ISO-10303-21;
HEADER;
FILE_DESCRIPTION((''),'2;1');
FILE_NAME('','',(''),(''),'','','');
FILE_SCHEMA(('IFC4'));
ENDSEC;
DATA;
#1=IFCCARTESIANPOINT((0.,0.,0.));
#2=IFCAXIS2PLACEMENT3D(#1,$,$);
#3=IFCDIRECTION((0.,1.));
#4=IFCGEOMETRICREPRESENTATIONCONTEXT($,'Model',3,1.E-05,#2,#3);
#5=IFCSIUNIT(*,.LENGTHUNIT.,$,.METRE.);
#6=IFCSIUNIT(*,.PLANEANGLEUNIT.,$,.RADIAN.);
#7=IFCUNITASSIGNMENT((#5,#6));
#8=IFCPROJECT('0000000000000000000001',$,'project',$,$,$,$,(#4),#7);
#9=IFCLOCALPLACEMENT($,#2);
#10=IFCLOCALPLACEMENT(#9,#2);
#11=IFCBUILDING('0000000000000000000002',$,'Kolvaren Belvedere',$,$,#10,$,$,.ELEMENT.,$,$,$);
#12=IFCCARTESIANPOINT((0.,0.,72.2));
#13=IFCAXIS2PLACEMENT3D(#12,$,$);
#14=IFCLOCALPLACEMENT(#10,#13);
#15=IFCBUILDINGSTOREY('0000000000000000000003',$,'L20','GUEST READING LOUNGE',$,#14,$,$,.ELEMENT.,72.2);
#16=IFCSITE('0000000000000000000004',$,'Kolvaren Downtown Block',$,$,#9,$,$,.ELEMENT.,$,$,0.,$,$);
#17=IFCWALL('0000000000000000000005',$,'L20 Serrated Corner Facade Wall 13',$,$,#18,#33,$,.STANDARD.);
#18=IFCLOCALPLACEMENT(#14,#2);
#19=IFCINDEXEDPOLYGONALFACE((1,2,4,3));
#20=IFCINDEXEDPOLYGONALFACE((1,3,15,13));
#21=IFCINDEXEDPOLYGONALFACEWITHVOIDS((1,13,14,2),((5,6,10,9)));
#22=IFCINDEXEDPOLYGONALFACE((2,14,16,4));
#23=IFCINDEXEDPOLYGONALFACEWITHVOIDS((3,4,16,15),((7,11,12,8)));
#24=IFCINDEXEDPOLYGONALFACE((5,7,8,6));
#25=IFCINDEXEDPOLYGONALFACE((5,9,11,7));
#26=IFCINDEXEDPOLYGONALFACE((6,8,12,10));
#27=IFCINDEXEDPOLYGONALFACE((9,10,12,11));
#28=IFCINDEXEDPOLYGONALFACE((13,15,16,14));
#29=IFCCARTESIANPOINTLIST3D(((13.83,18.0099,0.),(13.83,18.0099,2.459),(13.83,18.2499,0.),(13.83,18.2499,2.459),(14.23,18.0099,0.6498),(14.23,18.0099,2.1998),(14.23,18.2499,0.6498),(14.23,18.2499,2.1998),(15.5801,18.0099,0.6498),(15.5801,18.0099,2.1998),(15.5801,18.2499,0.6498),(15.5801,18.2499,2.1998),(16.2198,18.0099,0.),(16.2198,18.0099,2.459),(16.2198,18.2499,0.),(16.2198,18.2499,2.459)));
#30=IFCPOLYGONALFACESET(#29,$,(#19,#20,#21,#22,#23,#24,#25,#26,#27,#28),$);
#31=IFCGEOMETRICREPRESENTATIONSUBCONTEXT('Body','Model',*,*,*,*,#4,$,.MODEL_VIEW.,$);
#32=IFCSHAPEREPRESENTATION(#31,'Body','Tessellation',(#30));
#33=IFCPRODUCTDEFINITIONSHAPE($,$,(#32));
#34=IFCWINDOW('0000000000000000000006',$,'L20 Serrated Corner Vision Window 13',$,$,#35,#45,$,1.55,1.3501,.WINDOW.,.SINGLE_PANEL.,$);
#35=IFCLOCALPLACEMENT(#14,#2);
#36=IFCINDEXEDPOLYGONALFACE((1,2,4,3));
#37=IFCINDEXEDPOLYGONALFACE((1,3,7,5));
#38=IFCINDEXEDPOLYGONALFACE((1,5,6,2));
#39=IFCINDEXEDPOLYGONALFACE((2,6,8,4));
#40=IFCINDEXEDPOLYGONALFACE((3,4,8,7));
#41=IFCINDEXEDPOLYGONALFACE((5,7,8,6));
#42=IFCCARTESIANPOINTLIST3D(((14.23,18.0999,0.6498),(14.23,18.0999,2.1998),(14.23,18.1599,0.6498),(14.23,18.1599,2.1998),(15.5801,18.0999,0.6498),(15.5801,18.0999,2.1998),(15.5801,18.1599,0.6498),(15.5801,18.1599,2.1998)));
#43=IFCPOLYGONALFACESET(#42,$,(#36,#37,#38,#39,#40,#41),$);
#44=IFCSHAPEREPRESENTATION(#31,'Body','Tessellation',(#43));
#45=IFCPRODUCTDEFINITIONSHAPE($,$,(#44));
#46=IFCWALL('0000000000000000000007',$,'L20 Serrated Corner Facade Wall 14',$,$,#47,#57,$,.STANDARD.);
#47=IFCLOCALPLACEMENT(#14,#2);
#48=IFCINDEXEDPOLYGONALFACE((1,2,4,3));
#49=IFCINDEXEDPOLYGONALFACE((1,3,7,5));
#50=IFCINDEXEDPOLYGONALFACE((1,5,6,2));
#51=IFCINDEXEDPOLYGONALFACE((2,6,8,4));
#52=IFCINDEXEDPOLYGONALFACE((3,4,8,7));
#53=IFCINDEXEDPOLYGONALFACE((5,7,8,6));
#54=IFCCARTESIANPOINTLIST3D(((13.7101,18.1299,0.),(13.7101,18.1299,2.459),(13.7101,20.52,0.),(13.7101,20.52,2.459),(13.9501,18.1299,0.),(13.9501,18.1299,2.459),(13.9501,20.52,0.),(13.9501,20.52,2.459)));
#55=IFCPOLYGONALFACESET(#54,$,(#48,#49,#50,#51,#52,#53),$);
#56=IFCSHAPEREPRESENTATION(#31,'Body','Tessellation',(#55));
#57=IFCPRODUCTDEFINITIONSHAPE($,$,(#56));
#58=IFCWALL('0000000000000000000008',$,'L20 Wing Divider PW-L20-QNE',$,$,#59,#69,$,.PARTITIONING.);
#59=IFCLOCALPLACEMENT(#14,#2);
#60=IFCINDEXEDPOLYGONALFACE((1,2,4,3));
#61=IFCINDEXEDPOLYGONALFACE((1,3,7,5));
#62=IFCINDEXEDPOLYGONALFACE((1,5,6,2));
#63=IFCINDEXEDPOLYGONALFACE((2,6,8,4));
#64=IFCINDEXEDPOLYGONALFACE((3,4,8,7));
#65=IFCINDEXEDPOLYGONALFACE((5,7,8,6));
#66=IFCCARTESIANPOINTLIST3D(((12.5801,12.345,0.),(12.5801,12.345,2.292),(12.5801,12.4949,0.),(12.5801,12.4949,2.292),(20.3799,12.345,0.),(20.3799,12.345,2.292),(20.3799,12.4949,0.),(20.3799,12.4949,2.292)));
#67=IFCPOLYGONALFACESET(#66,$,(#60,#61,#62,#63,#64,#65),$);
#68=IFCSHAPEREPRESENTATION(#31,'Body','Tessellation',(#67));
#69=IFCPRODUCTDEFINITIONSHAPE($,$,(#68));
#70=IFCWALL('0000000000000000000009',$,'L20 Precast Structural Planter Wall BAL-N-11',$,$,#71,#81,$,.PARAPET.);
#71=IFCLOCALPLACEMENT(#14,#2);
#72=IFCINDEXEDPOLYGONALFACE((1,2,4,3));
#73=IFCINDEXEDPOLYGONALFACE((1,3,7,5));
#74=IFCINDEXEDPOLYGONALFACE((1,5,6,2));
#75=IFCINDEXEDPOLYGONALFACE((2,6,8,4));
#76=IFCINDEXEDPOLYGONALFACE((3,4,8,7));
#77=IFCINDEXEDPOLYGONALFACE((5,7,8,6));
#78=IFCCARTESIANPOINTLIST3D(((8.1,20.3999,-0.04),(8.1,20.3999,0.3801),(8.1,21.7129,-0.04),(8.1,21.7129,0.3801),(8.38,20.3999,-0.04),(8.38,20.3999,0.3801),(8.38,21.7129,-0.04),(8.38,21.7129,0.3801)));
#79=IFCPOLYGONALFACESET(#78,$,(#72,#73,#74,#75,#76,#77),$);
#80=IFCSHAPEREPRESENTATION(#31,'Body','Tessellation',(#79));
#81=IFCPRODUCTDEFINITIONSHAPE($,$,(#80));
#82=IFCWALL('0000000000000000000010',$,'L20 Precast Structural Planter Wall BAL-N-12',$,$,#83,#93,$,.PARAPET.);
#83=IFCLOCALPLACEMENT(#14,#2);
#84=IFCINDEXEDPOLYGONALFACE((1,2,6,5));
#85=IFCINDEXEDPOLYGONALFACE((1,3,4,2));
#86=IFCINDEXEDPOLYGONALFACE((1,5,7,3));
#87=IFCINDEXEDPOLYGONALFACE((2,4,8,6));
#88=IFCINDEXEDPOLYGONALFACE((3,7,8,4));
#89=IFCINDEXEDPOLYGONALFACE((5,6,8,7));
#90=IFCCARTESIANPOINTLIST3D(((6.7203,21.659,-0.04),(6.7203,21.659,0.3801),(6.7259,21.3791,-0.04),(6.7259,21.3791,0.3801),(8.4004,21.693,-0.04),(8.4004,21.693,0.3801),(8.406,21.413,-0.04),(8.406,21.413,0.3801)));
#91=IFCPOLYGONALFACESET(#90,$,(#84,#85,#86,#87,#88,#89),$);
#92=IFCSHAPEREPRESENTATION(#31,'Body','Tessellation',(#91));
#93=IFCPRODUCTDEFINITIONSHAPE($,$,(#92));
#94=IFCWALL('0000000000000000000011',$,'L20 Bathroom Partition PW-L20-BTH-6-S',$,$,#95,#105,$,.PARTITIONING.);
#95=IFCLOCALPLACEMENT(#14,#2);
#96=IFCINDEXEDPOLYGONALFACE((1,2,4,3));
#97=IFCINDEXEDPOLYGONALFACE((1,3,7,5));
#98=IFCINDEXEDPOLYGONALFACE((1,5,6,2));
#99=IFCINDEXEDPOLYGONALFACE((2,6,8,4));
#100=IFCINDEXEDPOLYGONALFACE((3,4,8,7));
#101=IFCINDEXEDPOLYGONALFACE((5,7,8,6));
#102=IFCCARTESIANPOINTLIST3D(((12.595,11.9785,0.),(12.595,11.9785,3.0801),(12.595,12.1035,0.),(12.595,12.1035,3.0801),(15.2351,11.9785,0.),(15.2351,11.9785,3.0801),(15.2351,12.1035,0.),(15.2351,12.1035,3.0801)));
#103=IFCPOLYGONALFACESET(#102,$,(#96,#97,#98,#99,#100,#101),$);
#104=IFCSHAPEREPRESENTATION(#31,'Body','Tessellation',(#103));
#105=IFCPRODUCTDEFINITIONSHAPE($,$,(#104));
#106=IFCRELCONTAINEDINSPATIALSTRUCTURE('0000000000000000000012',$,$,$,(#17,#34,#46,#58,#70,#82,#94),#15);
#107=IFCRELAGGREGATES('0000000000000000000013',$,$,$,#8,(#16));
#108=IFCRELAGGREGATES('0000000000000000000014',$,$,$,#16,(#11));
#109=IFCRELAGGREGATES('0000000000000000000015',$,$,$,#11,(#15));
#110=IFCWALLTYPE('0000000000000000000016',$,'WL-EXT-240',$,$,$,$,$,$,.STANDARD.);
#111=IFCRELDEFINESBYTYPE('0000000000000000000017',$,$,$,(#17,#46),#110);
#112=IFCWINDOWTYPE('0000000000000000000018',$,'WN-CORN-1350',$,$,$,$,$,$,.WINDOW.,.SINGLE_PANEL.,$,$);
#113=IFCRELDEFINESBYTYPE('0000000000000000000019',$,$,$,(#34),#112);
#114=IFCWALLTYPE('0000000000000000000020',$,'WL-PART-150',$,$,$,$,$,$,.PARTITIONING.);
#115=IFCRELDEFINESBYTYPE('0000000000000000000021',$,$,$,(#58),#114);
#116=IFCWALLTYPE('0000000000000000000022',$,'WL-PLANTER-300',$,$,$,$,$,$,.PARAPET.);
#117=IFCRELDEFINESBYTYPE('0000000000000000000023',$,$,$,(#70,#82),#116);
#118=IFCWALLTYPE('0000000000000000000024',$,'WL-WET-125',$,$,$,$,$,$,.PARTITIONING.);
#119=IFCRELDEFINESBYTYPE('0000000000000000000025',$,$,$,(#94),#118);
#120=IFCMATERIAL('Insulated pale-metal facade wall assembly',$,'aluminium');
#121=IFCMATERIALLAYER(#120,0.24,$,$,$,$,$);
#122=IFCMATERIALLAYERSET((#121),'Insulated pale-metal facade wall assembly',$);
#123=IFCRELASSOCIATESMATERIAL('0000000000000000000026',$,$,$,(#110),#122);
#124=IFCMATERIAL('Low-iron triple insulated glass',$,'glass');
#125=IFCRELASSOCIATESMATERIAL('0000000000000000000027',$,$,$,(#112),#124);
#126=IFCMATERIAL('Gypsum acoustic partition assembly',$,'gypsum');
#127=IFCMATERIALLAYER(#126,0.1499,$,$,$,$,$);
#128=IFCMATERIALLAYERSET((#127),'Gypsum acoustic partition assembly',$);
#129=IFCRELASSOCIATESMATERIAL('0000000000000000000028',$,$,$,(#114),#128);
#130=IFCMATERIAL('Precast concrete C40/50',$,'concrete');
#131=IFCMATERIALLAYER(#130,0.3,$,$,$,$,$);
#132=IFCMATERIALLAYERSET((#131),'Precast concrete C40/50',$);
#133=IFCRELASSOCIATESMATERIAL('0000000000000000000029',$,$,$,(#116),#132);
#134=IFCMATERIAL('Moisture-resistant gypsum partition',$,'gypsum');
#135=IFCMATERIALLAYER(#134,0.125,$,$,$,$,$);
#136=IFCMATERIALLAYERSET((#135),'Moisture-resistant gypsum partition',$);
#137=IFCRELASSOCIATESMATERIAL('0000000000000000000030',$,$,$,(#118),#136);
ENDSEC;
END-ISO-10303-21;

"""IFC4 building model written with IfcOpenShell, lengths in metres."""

from ifc_helpers import new_model, si_unit, direction, frame, frame_2d, origin, place, context, subcontext, project, spatial, rectangle, extrude, material, layer, layer_set, type_object, element, fill, save


model = new_model("IFC4")

# Units and contexts
model_context = context("Model", 3, precision=1e-05, world=origin(), true_north=direction((0.0, 1.0)))
body_context = subcontext(model_context, "Body", "Model", "MODEL_VIEW")
ifc_project = project(units=[si_unit("LENGTHUNIT", "METRE"), si_unit("PLANEANGLEUNIT", "RADIAN")], contexts=[model_context])

# Site, building, storey
site_placement = place(None, origin())
site = spatial("IfcSite", under=ifc_project, at=site_placement, Name="Kolvaren Downtown Block", CompositionType="ELEMENT", RefElevation=0.0)
building_placement = place(site_placement, origin())
building = spatial("IfcBuilding", under=site, at=building_placement, Name="Kolvaren Belvedere", CompositionType="ELEMENT")
storey_placement = place(building_placement, frame((0.0, 0.0, 72.2)))
storey = spatial("IfcBuildingStorey", under=building, at=storey_placement, Name="L20", Description="GUEST READING LOUNGE", CompositionType="ELEMENT", Elevation=72.2)

# Shared definitions
ifc_material_1 = material(Name="Insulated pale-metal facade wall assembly", Category="aluminium")
ifc_layer_1 = layer(ifc_material_1, 0.24)
ifc_layer_set_1 = layer_set([ifc_layer_1], Name="Insulated pale-metal facade wall assembly")
wall_type_1 = type_object("IfcWallType", Name="WL-EXT-240", PredefinedType="STANDARD", material=ifc_layer_set_1)

# Wall, opening, window
ifc_material_2 = material(Name="Low-iron triple insulated glass", Category="glass")
window_type_1 = type_object("IfcWindowType", Name="WN-CORN-1350", PartitioningType="SINGLE_PANEL", PredefinedType="WINDOW", material=ifc_material_2)
wall_1_placement = place(storey_placement, frame((13.8301, 18.1299, 0.0), z_axis=(0.0, 0.0, 1.0), x_axis=(1.0, 0.0, 0.0)))
wall_1 = element("IfcWall", 1, at=wall_1_placement, inside=storey, type_object=wall_type_1, Name="L20 Serrated Corner Facade Wall 13", PredefinedType="STANDARD", context=body_context, shape_type="SweptSolid", body=[
    extrude(rectangle(XDim=2.3899, YDim=0.24, at=frame_2d((1.1948, 0.0))), origin(), (0.0, 0.0, 1.0), 2.459),
])
opening_1_placement = place(wall_1_placement, frame((0.3999, 0.0, 0.6499)))
opening_1 = element("IfcOpeningElement", 2, at=opening_1_placement, cuts=wall_1, PredefinedType="OPENING", context=body_context, shape_type="SweptSolid", body=[
    extrude(rectangle(XDim=1.3501, YDim=1.55, at=frame_2d((0.675, 0.7749))), frame((0.0, 0.1299, 0.0), z_axis=(0.0, -1.0, 0.0), x_axis=(1.0, 0.0, 0.0)), (0.0, 0.0, 1.0), 0.26),
])
window_1_placement = place(opening_1_placement, origin())
window_1 = element("IfcWindow", 3, at=window_1_placement, inside=storey, type_object=window_type_1, Name="L20 Serrated Corner Vision Window 13", OverallHeight=1.55, OverallWidth=1.3501, PartitioningType="SINGLE_PANEL", PredefinedType="WINDOW", context=body_context, shape_type="SweptSolid", body=[
    extrude(rectangle(XDim=1.3501, YDim=1.55, at=frame_2d((0.675, 0.7749))), frame((0.0, 0.03, 0.0), z_axis=(0.0, -1.0, 0.0), x_axis=(1.0, 0.0, 0.0)), (0.0, 0.0, 1.0), 0.0601),
])
fill(opening_1, window_1)

# Walls
wall_2_placement = place(storey_placement, frame((13.8301, 20.52, 0.0), z_axis=(0.0, 0.0, 1.0), x_axis=(0.0, -1.0, 0.0)))
element("IfcWall", 4, at=wall_2_placement, inside=storey, type_object=wall_type_1, Name="L20 Serrated Corner Facade Wall 14", PredefinedType="STANDARD", context=body_context, shape_type="SweptSolid", body=[
    extrude(rectangle(XDim=2.3901, YDim=0.24, at=frame_2d((1.1951, 0.0))), origin(), (0.0, 0.0, 1.0), 2.459),
])
ifc_material_3 = material(Name="Gypsum acoustic partition assembly", Category="gypsum")
ifc_layer_2 = layer(ifc_material_3, 0.1499)
ifc_layer_set_2 = layer_set([ifc_layer_2], Name="Gypsum acoustic partition assembly")
wall_type_2 = type_object("IfcWallType", Name="WL-PART-150", PredefinedType="PARTITIONING", material=ifc_layer_set_2)
wall_3_placement = place(storey_placement, frame((12.5801, 12.4199, 0.0), z_axis=(0.0, 0.0, 1.0), x_axis=(1.0, 0.0, 0.0)))
element("IfcWall", 5, at=wall_3_placement, inside=storey, type_object=wall_type_2, Name="L20 Wing Divider PW-L20-QNE", PredefinedType="PARTITIONING", context=body_context, shape_type="SweptSolid", body=[
    extrude(rectangle(XDim=7.7998, YDim=0.1499, at=frame_2d((3.8999, 0.0))), origin(), (0.0, 0.0, 1.0), 2.292),
])
ifc_material_4 = material(Name="Precast concrete C40/50", Category="concrete")
ifc_layer_3 = layer(ifc_material_4, 0.3)
ifc_layer_set_3 = layer_set([ifc_layer_3], Name="Precast concrete C40/50")
wall_type_3 = type_object("IfcWallType", Name="WL-PLANTER-300", PredefinedType="PARAPET", material=ifc_layer_set_3)
wall_4_placement = place(storey_placement, frame((8.24, 20.3999, -0.04), z_axis=(0.0, 0.0, 1.0), x_axis=(0.0, 1.0, 0.0)))
element("IfcWall", 6, at=wall_4_placement, inside=storey, type_object=wall_type_3, Name="L20 Precast Structural Planter Wall BAL-N-11", PredefinedType="PARAPET", context=body_context, shape_type="SweptSolid", body=[
    extrude(rectangle(XDim=1.313, YDim=0.28, at=frame_2d((0.6565, 0.0))), origin(), (0.0, 0.0, 1.0), 0.4202),
])
wall_5_placement = place(storey_placement, frame((8.4033, 21.553, -0.04), z_axis=(0.0, 0.0, 1.0), x_axis=(-0.999796, -0.020193, 0.0)))
element("IfcWall", 7, at=wall_5_placement, inside=storey, type_object=wall_type_3, Name="L20 Precast Structural Planter Wall BAL-N-12", PredefinedType="PARAPET", context=body_context, shape_type="SweptSolid", body=[
    extrude(rectangle(XDim=1.6804, YDim=0.28, at=frame_2d((0.8403, 0.0))), origin(), (0.0, 0.0, 1.0), 0.4202),
])
ifc_material_5 = material(Name="Moisture-resistant gypsum partition", Category="gypsum")
ifc_layer_4 = layer(ifc_material_5, 0.125)
ifc_layer_set_4 = layer_set([ifc_layer_4], Name="Moisture-resistant gypsum partition")
wall_type_4 = type_object("IfcWallType", Name="WL-WET-125", PredefinedType="PARTITIONING", material=ifc_layer_set_4)
wall_6_placement = place(storey_placement, frame((12.595, 12.041, 0.0), z_axis=(0.0, 0.0, 1.0), x_axis=(1.0, 0.0, 0.0)))
element("IfcWall", 8, at=wall_6_placement, inside=storey, type_object=wall_type_4, Name="L20 Bathroom Partition PW-L20-BTH-6-S", PredefinedType="PARTITIONING", context=body_context, shape_type="SweptSolid", body=[
    extrude(rectangle(XDim=2.6401, YDim=0.125, at=frame_2d((1.3201, 0.0))), origin(), (0.0, 0.0, 1.0), 3.0801),
])

save(model, "model.ifc")
